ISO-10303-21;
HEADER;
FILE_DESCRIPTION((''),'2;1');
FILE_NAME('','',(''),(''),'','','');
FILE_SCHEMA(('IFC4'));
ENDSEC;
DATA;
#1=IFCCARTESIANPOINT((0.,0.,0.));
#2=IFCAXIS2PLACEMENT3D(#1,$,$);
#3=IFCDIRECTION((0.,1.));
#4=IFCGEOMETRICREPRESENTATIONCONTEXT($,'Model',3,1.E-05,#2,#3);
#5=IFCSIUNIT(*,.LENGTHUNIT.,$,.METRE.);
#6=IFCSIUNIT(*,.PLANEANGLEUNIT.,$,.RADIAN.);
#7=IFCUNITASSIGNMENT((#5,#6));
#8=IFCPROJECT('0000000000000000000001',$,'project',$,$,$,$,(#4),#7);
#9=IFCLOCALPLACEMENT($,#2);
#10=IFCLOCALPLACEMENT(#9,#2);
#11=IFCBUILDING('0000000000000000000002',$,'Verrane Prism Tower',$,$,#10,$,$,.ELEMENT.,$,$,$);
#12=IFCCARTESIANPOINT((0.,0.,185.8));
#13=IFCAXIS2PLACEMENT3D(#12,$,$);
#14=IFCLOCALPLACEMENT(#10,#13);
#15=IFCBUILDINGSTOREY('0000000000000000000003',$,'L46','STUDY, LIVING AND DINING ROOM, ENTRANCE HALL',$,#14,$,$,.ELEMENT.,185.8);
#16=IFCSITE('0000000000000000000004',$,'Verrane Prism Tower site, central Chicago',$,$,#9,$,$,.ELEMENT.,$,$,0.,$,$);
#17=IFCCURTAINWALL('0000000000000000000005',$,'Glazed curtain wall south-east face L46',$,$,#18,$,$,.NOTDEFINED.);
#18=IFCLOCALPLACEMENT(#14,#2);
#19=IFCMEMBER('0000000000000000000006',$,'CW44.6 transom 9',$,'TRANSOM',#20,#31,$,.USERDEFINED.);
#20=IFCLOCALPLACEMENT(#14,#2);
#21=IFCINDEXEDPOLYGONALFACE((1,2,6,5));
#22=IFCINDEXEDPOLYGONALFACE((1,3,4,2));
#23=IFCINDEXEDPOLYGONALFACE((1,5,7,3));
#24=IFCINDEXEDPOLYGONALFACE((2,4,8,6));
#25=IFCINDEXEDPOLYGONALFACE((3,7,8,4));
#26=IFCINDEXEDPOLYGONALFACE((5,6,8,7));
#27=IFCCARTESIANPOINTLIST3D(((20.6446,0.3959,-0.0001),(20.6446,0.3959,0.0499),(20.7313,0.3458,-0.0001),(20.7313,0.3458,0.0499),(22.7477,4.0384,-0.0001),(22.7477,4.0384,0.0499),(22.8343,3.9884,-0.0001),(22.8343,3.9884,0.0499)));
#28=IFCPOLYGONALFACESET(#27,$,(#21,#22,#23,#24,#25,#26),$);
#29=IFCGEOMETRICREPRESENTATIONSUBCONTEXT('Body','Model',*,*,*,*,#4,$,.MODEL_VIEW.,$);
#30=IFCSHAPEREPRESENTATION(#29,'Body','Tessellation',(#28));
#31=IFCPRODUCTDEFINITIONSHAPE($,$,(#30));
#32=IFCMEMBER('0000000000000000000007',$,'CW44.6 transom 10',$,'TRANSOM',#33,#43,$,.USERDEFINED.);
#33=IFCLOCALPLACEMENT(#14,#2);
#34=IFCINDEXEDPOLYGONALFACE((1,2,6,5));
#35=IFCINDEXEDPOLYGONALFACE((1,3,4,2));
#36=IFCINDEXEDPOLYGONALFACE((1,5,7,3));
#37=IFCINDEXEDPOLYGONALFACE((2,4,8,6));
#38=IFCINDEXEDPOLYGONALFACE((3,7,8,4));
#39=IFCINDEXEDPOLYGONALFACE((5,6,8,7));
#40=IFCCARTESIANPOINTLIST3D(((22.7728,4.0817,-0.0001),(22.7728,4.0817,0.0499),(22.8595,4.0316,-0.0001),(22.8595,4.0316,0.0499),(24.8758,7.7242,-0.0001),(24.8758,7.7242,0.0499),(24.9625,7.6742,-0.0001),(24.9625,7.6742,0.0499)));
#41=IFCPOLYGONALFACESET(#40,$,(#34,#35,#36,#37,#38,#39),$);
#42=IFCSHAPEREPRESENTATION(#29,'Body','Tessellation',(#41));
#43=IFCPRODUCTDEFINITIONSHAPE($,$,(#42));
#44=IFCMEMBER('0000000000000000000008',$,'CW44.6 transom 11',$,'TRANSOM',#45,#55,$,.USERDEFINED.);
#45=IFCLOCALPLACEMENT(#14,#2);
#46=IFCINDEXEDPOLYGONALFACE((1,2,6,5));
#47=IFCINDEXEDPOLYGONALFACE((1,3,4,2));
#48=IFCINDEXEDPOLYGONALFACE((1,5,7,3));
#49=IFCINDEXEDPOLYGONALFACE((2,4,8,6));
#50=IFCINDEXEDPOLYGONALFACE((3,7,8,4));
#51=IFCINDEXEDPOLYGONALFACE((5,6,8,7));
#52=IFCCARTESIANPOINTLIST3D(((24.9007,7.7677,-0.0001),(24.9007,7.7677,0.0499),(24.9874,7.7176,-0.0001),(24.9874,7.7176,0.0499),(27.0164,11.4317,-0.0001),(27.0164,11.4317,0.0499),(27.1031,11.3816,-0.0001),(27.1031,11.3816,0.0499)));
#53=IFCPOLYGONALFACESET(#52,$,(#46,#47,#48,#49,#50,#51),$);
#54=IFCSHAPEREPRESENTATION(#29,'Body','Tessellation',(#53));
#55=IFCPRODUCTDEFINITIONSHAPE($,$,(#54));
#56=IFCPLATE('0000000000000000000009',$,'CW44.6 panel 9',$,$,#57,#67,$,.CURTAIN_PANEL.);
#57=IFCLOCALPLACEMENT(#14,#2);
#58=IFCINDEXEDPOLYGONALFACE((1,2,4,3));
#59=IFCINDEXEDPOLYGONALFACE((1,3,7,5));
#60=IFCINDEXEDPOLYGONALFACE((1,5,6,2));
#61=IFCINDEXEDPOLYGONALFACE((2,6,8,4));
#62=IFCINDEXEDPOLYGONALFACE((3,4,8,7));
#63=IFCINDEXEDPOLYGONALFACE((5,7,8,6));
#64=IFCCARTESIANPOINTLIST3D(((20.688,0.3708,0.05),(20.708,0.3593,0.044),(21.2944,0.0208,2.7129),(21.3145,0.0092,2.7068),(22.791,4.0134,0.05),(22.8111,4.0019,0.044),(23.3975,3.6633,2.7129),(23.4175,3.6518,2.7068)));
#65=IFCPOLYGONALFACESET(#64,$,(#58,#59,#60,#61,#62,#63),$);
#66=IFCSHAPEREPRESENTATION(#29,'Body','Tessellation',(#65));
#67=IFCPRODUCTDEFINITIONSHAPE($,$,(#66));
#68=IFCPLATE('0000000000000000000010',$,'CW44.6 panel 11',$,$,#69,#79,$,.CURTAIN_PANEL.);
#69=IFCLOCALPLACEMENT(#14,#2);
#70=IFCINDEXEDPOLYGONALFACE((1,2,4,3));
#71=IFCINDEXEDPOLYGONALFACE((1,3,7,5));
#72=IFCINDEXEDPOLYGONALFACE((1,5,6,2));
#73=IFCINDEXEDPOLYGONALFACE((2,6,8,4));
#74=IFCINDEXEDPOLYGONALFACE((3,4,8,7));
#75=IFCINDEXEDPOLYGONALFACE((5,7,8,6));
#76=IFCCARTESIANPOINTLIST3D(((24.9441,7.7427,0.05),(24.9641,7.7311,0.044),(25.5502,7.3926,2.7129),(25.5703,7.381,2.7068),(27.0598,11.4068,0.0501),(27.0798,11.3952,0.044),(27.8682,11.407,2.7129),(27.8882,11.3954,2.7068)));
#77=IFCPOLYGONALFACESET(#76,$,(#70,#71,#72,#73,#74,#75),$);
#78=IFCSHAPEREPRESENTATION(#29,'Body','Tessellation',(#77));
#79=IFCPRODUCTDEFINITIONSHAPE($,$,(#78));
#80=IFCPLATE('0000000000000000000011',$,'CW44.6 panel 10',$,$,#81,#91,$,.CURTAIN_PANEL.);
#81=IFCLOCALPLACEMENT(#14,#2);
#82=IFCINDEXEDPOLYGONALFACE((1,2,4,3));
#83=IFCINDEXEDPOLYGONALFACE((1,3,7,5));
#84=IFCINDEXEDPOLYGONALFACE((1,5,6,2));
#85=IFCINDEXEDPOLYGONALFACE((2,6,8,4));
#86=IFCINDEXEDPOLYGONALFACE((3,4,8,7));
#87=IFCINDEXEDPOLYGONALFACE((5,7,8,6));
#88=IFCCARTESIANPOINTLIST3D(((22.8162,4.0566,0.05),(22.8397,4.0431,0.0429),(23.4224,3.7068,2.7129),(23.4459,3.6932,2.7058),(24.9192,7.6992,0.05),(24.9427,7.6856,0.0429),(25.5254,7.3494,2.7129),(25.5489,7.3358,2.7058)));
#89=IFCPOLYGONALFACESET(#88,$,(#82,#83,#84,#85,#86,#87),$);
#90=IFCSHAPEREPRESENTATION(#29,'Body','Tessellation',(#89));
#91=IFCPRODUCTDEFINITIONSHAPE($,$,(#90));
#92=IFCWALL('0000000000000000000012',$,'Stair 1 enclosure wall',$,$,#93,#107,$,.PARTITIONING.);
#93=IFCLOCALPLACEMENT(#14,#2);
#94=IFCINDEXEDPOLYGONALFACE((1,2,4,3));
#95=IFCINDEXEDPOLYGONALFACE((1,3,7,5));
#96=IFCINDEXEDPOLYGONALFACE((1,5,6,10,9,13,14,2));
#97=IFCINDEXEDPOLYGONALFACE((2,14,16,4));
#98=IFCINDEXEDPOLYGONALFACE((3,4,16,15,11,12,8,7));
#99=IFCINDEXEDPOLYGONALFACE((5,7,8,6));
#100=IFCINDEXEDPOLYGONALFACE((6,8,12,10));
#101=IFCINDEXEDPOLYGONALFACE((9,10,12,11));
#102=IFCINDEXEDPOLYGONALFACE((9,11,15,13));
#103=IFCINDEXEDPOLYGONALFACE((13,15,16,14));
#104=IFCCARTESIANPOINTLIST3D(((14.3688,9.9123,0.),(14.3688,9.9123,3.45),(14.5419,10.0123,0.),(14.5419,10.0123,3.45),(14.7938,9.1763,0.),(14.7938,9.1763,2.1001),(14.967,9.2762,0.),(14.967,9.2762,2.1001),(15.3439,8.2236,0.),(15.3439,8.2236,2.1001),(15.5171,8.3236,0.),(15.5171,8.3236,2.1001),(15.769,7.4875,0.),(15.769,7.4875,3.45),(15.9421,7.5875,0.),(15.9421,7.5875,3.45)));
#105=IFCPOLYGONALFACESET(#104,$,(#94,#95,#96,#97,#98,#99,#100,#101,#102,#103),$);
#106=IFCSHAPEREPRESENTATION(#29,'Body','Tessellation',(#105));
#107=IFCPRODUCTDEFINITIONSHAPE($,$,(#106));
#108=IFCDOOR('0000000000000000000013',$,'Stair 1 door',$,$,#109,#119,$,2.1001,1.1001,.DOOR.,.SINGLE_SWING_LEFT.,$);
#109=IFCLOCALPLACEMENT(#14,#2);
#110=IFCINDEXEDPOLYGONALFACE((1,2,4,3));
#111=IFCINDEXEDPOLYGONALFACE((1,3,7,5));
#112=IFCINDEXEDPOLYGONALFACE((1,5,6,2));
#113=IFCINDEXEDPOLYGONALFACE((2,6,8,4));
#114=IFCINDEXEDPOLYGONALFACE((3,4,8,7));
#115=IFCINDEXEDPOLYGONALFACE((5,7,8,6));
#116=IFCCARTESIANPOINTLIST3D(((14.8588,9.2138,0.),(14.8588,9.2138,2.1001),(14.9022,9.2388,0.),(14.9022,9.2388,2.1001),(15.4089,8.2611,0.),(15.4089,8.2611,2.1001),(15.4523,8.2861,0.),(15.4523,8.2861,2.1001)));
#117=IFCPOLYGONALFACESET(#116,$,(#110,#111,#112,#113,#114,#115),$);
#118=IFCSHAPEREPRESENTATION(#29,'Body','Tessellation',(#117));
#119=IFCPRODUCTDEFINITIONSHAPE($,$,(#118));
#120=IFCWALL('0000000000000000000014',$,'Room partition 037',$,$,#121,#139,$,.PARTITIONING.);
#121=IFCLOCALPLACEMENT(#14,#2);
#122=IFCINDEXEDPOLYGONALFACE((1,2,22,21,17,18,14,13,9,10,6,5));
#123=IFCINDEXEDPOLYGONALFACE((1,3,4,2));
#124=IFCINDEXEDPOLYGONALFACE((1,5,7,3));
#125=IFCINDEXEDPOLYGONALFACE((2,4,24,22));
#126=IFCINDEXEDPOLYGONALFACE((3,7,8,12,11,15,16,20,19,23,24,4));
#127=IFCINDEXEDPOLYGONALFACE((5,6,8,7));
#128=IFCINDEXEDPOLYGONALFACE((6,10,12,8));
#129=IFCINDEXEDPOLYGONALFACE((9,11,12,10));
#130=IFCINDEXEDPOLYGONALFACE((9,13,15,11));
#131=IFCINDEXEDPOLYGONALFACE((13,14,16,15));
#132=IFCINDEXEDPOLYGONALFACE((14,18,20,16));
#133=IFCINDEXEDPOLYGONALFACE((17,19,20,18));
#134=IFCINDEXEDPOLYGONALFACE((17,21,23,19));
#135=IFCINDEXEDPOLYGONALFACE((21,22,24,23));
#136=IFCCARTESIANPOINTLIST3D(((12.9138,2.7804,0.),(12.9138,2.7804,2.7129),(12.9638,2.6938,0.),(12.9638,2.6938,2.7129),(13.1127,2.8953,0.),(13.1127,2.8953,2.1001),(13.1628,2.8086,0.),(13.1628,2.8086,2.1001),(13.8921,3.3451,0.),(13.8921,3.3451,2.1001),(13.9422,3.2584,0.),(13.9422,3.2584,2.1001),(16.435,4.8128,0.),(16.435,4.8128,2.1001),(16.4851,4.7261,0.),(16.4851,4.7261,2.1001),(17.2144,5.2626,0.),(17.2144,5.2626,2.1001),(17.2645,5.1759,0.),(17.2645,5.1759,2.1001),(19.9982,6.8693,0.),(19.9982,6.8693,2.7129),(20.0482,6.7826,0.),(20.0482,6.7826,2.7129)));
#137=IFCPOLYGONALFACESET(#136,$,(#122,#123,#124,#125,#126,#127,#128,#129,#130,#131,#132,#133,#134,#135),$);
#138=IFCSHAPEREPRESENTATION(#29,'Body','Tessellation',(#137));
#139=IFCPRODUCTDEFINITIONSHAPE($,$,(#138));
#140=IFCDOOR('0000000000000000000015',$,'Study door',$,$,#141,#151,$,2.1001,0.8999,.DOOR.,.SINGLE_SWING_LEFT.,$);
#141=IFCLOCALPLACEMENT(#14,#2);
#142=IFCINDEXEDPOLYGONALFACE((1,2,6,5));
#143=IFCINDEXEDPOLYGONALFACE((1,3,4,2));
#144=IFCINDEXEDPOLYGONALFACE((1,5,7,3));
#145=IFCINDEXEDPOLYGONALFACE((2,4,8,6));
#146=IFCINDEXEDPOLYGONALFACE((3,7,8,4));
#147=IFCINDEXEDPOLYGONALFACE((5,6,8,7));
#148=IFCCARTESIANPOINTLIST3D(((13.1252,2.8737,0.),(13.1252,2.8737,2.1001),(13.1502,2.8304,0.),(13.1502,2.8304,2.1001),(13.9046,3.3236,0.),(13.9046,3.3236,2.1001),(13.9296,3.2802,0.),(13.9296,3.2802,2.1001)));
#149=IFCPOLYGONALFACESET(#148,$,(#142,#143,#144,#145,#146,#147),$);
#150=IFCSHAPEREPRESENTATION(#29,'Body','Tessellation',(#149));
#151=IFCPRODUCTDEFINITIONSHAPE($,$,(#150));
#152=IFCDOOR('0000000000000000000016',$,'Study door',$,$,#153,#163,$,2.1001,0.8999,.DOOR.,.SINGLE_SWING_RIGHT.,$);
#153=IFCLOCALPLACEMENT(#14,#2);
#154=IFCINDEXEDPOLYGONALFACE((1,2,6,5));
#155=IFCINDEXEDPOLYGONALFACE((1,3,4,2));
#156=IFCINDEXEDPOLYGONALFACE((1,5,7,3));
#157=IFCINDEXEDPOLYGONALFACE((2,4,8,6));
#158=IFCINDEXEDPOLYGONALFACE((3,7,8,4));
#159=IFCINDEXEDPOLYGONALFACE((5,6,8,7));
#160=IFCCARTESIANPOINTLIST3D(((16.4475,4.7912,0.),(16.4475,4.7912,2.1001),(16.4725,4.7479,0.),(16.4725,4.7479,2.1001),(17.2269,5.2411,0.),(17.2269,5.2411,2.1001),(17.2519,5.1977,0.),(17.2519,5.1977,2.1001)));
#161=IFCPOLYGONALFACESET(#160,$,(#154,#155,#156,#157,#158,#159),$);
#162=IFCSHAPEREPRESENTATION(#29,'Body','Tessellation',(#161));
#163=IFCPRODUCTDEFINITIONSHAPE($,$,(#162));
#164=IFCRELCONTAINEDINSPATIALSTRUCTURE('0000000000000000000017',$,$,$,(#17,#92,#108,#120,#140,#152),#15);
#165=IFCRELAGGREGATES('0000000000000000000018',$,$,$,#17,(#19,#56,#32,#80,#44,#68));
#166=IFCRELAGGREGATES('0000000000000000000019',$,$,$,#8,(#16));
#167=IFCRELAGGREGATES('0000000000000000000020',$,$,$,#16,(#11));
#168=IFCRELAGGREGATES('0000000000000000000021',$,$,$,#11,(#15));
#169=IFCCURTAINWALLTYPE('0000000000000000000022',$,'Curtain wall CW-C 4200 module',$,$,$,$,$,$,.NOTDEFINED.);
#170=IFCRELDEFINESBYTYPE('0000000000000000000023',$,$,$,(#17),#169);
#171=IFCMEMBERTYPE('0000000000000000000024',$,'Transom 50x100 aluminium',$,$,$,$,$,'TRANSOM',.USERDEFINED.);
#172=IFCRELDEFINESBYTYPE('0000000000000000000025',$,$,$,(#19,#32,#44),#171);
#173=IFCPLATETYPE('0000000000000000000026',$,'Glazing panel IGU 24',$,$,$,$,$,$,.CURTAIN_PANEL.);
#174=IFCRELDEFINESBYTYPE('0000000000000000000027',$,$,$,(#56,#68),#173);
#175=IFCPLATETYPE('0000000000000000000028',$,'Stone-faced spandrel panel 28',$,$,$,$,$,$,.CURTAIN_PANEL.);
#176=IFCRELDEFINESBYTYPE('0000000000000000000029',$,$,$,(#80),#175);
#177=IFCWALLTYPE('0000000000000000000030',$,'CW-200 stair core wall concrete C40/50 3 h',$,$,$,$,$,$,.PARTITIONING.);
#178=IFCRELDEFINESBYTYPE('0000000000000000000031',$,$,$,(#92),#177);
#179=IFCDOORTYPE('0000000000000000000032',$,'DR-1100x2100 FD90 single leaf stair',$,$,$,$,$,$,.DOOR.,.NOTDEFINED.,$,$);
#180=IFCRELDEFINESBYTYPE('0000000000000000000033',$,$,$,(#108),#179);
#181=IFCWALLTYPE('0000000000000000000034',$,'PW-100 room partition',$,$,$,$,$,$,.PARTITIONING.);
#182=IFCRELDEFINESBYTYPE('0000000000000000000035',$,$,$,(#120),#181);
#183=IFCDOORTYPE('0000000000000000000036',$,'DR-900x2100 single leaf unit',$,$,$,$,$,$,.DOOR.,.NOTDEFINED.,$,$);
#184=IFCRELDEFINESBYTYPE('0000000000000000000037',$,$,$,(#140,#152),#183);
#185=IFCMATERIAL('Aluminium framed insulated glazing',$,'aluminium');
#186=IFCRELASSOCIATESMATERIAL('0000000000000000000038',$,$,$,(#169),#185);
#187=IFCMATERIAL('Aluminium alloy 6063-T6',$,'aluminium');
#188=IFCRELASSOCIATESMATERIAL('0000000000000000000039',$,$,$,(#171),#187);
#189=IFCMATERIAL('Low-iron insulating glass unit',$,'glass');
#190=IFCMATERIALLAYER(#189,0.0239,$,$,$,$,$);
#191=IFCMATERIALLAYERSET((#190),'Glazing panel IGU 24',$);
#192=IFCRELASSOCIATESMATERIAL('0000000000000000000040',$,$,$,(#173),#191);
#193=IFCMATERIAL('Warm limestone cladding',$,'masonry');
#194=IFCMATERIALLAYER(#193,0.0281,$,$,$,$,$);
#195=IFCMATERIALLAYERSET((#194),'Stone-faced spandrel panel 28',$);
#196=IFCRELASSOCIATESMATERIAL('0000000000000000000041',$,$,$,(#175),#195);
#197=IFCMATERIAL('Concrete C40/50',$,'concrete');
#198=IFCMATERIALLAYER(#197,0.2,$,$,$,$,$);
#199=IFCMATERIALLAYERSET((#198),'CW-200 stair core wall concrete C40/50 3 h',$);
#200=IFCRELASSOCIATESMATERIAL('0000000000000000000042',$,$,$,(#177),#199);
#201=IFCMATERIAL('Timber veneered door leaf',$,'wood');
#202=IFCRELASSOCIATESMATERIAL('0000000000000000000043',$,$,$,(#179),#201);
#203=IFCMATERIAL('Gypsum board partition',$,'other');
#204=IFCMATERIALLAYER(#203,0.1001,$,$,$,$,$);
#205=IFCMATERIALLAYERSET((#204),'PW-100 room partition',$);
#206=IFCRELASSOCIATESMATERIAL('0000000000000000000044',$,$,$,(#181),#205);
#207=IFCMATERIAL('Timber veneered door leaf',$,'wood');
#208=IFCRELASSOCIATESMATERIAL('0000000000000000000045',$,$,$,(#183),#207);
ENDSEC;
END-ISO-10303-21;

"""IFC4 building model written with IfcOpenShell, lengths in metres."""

from ifc_helpers import new_model, si_unit, direction, frame, frame_2d, origin, origin_2d, place, context, subcontext, project, spatial, polyline, rectangle, outline, extrude, material, layer, layer_set, material_profile, profile_set, type_object, element, fill, aggregate, save


model = new_model("IFC4")

# Units and contexts
model_context = context("Model", 3, precision=1e-05, world=origin(), true_north=direction((0.0, 1.0)))
body_context = subcontext(model_context, "Body", "Model", "MODEL_VIEW")
ifc_project = project(units=[si_unit("LENGTHUNIT", "METRE"), si_unit("PLANEANGLEUNIT", "RADIAN")], contexts=[model_context])

# Site, building, storey
site_placement = place(None, origin())
site = spatial("IfcSite", under=ifc_project, at=site_placement, Name="Verrane Prism Tower site, central Chicago", CompositionType="ELEMENT", RefElevation=0.0)
building_placement = place(site_placement, origin())
building = spatial("IfcBuilding", under=site, at=building_placement, Name="Verrane Prism Tower", CompositionType="ELEMENT")
storey_placement = place(building_placement, frame((0.0, 0.0, 185.8)))
storey = spatial("IfcBuildingStorey", under=building, at=storey_placement, Name="L46", Description="STUDY, LIVING AND DINING ROOM, ENTRANCE HALL", CompositionType="ELEMENT", Elevation=185.8)

# Curtain wall
ifc_material_1 = material(Name="Aluminium framed insulated glazing", Category="aluminium")
curtain_wall_type = type_object("IfcCurtainWallType", Name="Curtain wall CW-C 4200 module", PredefinedType="NOTDEFINED", material=ifc_material_1)
curtain_wall_placement = place(storey_placement, origin())
curtain_wall = element("IfcCurtainWall", 1, at=curtain_wall_placement, inside=storey, type_object=curtain_wall_type, Name="Glazed curtain wall south-east face L46", PredefinedType="NOTDEFINED")

# Members
ifc_material_2 = material(Name="Aluminium alloy 6063-T6", Category="aluminium")
ifc_material_profile_1 = material_profile(ifc_material_2, rectangle(XDim=0.1001, YDim=0.05, at=origin_2d()), Name="Transom 50x100 aluminium")
ifc_profile_set_1 = profile_set([ifc_material_profile_1], Name="Aluminium alloy 6063-T6")
member_type_1 = type_object("IfcMemberType", Name="Transom 50x100 aluminium", ElementType="TRANSOM", PredefinedType="USERDEFINED", material=ifc_profile_set_1)
member_1_placement = place(storey_placement, frame((20.688, 0.3708, 0.0249), z_axis=(0.499997, 0.866027, 0.0), x_axis=(-0.866027, 0.499997, 0.0)))
member_1 = element("IfcMember", 2, at=member_1_placement, type_object=member_type_1, Name="CW44.6 transom 9", ObjectType="TRANSOM", PredefinedType="USERDEFINED", context=body_context, shape_type="SweptSolid", body=[
    extrude(rectangle(XDim=0.1001, YDim=0.05, at=origin_2d()), origin(), (0.0, 0.0, 1.0), 4.2061),
])
member_2_placement = place(storey_placement, frame((22.8162, 4.0566, 0.0249), z_axis=(0.499997, 0.866027, 0.0), x_axis=(-0.866027, 0.499997, 0.0)))
member_2 = element("IfcMember", 3, at=member_2_placement, type_object=member_type_1, Name="CW44.6 transom 10", ObjectType="TRANSOM", PredefinedType="USERDEFINED", context=body_context, shape_type="SweptSolid", body=[
    extrude(rectangle(XDim=0.1001, YDim=0.05, at=origin_2d()), origin(), (0.0, 0.0, 1.0), 4.2061),
])
member_3_placement = place(storey_placement, frame((24.9441, 7.7427, 0.0249), z_axis=(0.500049, 0.865997, 0.0), x_axis=(-0.865997, 0.500049, 0.0)))
member_3 = element("IfcMember", 4, at=member_3_placement, type_object=member_type_1, Name="CW44.6 transom 11", ObjectType="TRANSOM", PredefinedType="USERDEFINED", context=body_context, shape_type="SweptSolid", body=[
    extrude(rectangle(XDim=0.1001, YDim=0.05, at=origin_2d()), origin(), (0.0, 0.0, 1.0), 4.231),
])

# Plates
ifc_material_3 = material(Name="Low-iron insulating glass unit", Category="glass")
ifc_layer_1 = layer(ifc_material_3, 0.0239)
ifc_layer_set_1 = layer_set([ifc_layer_1], Name="Glazing panel IGU 24")
plate_type_1 = type_object("IfcPlateType", Name="Glazing panel IGU 24", PredefinedType="CURTAIN_PANEL", material=ifc_layer_set_1)
plate_1_placement = place(storey_placement, frame((20.688, 0.3708, 0.05), z_axis=(-0.837552, 0.483557, 0.254323), x_axis=(0.499997, 0.866027, 0.0)))
plate_1 = element("IfcPlate", 5, at=plate_1_placement, type_object=plate_type_1, Name="CW44.6 panel 9", PredefinedType="CURTAIN_PANEL", context=body_context, shape_type="SweptSolid", body=[
    extrude(outline(polyline([(0.0, 0.0), (4.2061, 0.0), (4.2061, -2.7534), (0.0, -2.7534), (0.0, 0.0)])), origin(), (0.0, 0.0, -1.0), 0.0239),
])
plate_2_placement = place(storey_placement, frame((24.9441, 7.7427, 0.05), z_axis=(-0.837551, 0.483607, 0.25423), x_axis=(0.500037, 0.866004, 0.000004)))
plate_2 = element("IfcPlate", 6, at=plate_2_placement, type_object=plate_type_1, Name="CW44.6 panel 11", PredefinedType="CURTAIN_PANEL", context=body_context, shape_type="SweptSolid", body=[
    extrude(outline(polyline([(0.0, 0.0), (4.231, 0.0), (4.6355, -2.7533), (-0.0001, -2.7533), (0.0, 0.0)])), origin(), (0.0, 0.0, -1.0), 0.0239),
])
ifc_material_4 = material(Name="Warm limestone cladding", Category="masonry")
ifc_layer_2 = layer(ifc_material_4, 0.0281)
ifc_layer_set_2 = layer_set([ifc_layer_2], Name="Stone-faced spandrel panel 28")
plate_type_2 = type_object("IfcPlateType", Name="Stone-faced spandrel panel 28", PredefinedType="CURTAIN_PANEL", material=ifc_layer_set_2)
plate_3_placement = place(storey_placement, frame((22.8162, 4.0566, 0.05), z_axis=(-0.837577, 0.483572, 0.254209), x_axis=(0.499997, 0.866027, 0.0)))
plate_3 = element("IfcPlate", 7, at=plate_3_placement, type_object=plate_type_2, Name="CW44.6 panel 10", PredefinedType="CURTAIN_PANEL", context=body_context, shape_type="SweptSolid", body=[
    extrude(outline(polyline([(0.0, 0.0), (4.2061, 0.0), (4.2062, -2.7533), (0.0001, -2.7533), (0.0, 0.0)])), origin(), (0.0, 0.0, -1.0), 0.0281),
])
aggregate(curtain_wall, [member_1, plate_1, member_2, plate_3, member_3, plate_2])

# Wall, opening, door
ifc_material_5 = material(Name="Concrete C40/50", Category="concrete")
ifc_layer_3 = layer(ifc_material_5, 0.2)
ifc_layer_set_3 = layer_set([ifc_layer_3], Name="CW-200 stair core wall concrete C40/50 3 h")
wall_type_1 = type_object("IfcWallType", Name="CW-200 stair core wall concrete C40/50 3 h", PredefinedType="PARTITIONING", material=ifc_layer_set_3)
wall_1_placement = place(storey_placement, frame((15.8555, 7.5376, 0.0), z_axis=(0.0, 0.0, 1.0), x_axis=(-0.50005, 0.865997, 0.0)))
wall_1 = element("IfcWall", 8, at=wall_1_placement, inside=storey, type_object=wall_type_1, Name="Stair 1 enclosure wall", PredefinedType="PARTITIONING", context=body_context, shape_type="SweptSolid", body=[
    extrude(rectangle(XDim=2.8, YDim=0.2, at=frame_2d((1.3999, 0.0))), origin(), (0.0, 0.0, 1.0), 3.45),
])
opening_1_placement = place(wall_1_placement, frame((0.8499, 0.0, 0.0)))
opening_1 = element("IfcOpeningElement", 9, at=opening_1_placement, cuts=wall_1, PredefinedType="OPENING", context=body_context, shape_type="SweptSolid", body=[
    extrude(rectangle(XDim=1.1001, YDim=2.1001, at=frame_2d((0.55, 1.05))), frame((0.0, 0.1099, 0.0), z_axis=(0.0, -1.0, 0.0), x_axis=(1.0, 0.0, 0.0)), (0.0, 0.0, 1.0), 0.22),
])
ifc_material_6 = material(Name="Timber veneered door leaf", Category="wood")
door_type_1 = type_object("IfcDoorType", Name="DR-1100x2100 FD90 single leaf stair", OperationType="NOTDEFINED", PredefinedType="DOOR", material=ifc_material_6)
door_1_placement = place(opening_1_placement, origin())
door_1 = element("IfcDoor", 10, at=door_1_placement, inside=storey, type_object=door_type_1, Name="Stair 1 door", OperationType="SINGLE_SWING_LEFT", OverallHeight=2.1001, OverallWidth=1.1001, PredefinedType="DOOR", context=body_context, shape_type="SweptSolid", body=[
    extrude(rectangle(XDim=1.1001, YDim=2.1001, at=frame_2d((0.55, 1.05))), frame((0.0, 0.0249, 0.0), z_axis=(0.0, -1.0, 0.0), x_axis=(1.0, 0.0, 0.0)), (0.0, 0.0, 1.0), 0.05),
])
fill(opening_1, door_1)

# Wall, openings, doors
ifc_material_7 = material(Name="Gypsum board partition", Category="other")
ifc_layer_4 = layer(ifc_material_7, 0.1001)
ifc_layer_set_4 = layer_set([ifc_layer_4], Name="PW-100 room partition")
wall_type_2 = type_object("IfcWallType", Name="PW-100 room partition", PredefinedType="PARTITIONING", material=ifc_layer_set_4)
wall_2_placement = place(storey_placement, frame((20.0232, 6.8259, 0.0), z_axis=(0.0, 0.0, 1.0), x_axis=(-0.866097, -0.499876, 0.0)))
wall_2 = element("IfcWall", 11, at=wall_2_placement, inside=storey, type_object=wall_type_2, Name="Room partition 037", PredefinedType="PARTITIONING", context=body_context, shape_type="SweptSolid", body=[
    extrude(rectangle(XDim=8.1797, YDim=0.1001, at=frame_2d((4.0898, 0.0))), origin(), (0.0, 0.0, 1.0), 2.7129),
])
opening_2_placement = place(wall_2_placement, frame((7.05, 0.0, 0.0)))
opening_2 = element("IfcOpeningElement", 12, at=opening_2_placement, cuts=wall_2, PredefinedType="OPENING", context=body_context, shape_type="SweptSolid", body=[
    extrude(rectangle(XDim=0.8999, YDim=2.1001, at=frame_2d((0.45, 1.05))), frame((0.0, 0.0601, 0.0), z_axis=(0.0, -1.0, 0.0), x_axis=(1.0, 0.0, 0.0)), (0.0, 0.0, 1.0), 0.1201),
])
opening_3_placement = place(wall_2_placement, frame((3.2141, 0.0, 0.0)))
opening_3 = element("IfcOpeningElement", 13, at=opening_3_placement, cuts=wall_2, PredefinedType="OPENING", context=body_context, shape_type="SweptSolid", body=[
    extrude(rectangle(XDim=0.8999, YDim=2.1001, at=frame_2d((0.45, 1.05))), frame((0.0, 0.0601, 0.0), z_axis=(0.0, -1.0, 0.0), x_axis=(1.0, 0.0, 0.0)), (0.0, 0.0, 1.0), 0.1201),
])
ifc_material_8 = material(Name="Timber veneered door leaf", Category="wood")
door_type_2 = type_object("IfcDoorType", Name="DR-900x2100 single leaf unit", OperationType="NOTDEFINED", PredefinedType="DOOR", material=ifc_material_8)
door_2_placement = place(opening_2_placement, origin())
door_2 = element("IfcDoor", 14, at=door_2_placement, inside=storey, type_object=door_type_2, Name="Study door", OperationType="SINGLE_SWING_LEFT", OverallHeight=2.1001, OverallWidth=0.8999, PredefinedType="DOOR", context=body_context, shape_type="SweptSolid", body=[
    extrude(rectangle(XDim=0.8999, YDim=2.1001, at=frame_2d((0.45, 1.05))), frame((0.0, 0.0249, 0.0), z_axis=(0.0, -1.0, 0.0), x_axis=(1.0, 0.0, 0.0)), (0.0, 0.0, 1.0), 0.05),
])
fill(opening_2, door_2)
door_3_placement = place(opening_3_placement, origin())
door_3 = element("IfcDoor", 15, at=door_3_placement, inside=storey, type_object=door_type_2, Name="Study door", OperationType="SINGLE_SWING_RIGHT", OverallHeight=2.1001, OverallWidth=0.8999, PredefinedType="DOOR", context=body_context, shape_type="SweptSolid", body=[
    extrude(rectangle(XDim=0.8999, YDim=2.1001, at=frame_2d((0.45, 1.05))), frame((0.0, 0.0249, 0.0), z_axis=(0.0, -1.0, 0.0), x_axis=(1.0, 0.0, 0.0)), (0.0, 0.0, 1.0), 0.05),
])
fill(opening_3, door_3)

save(model, "model.ifc")
